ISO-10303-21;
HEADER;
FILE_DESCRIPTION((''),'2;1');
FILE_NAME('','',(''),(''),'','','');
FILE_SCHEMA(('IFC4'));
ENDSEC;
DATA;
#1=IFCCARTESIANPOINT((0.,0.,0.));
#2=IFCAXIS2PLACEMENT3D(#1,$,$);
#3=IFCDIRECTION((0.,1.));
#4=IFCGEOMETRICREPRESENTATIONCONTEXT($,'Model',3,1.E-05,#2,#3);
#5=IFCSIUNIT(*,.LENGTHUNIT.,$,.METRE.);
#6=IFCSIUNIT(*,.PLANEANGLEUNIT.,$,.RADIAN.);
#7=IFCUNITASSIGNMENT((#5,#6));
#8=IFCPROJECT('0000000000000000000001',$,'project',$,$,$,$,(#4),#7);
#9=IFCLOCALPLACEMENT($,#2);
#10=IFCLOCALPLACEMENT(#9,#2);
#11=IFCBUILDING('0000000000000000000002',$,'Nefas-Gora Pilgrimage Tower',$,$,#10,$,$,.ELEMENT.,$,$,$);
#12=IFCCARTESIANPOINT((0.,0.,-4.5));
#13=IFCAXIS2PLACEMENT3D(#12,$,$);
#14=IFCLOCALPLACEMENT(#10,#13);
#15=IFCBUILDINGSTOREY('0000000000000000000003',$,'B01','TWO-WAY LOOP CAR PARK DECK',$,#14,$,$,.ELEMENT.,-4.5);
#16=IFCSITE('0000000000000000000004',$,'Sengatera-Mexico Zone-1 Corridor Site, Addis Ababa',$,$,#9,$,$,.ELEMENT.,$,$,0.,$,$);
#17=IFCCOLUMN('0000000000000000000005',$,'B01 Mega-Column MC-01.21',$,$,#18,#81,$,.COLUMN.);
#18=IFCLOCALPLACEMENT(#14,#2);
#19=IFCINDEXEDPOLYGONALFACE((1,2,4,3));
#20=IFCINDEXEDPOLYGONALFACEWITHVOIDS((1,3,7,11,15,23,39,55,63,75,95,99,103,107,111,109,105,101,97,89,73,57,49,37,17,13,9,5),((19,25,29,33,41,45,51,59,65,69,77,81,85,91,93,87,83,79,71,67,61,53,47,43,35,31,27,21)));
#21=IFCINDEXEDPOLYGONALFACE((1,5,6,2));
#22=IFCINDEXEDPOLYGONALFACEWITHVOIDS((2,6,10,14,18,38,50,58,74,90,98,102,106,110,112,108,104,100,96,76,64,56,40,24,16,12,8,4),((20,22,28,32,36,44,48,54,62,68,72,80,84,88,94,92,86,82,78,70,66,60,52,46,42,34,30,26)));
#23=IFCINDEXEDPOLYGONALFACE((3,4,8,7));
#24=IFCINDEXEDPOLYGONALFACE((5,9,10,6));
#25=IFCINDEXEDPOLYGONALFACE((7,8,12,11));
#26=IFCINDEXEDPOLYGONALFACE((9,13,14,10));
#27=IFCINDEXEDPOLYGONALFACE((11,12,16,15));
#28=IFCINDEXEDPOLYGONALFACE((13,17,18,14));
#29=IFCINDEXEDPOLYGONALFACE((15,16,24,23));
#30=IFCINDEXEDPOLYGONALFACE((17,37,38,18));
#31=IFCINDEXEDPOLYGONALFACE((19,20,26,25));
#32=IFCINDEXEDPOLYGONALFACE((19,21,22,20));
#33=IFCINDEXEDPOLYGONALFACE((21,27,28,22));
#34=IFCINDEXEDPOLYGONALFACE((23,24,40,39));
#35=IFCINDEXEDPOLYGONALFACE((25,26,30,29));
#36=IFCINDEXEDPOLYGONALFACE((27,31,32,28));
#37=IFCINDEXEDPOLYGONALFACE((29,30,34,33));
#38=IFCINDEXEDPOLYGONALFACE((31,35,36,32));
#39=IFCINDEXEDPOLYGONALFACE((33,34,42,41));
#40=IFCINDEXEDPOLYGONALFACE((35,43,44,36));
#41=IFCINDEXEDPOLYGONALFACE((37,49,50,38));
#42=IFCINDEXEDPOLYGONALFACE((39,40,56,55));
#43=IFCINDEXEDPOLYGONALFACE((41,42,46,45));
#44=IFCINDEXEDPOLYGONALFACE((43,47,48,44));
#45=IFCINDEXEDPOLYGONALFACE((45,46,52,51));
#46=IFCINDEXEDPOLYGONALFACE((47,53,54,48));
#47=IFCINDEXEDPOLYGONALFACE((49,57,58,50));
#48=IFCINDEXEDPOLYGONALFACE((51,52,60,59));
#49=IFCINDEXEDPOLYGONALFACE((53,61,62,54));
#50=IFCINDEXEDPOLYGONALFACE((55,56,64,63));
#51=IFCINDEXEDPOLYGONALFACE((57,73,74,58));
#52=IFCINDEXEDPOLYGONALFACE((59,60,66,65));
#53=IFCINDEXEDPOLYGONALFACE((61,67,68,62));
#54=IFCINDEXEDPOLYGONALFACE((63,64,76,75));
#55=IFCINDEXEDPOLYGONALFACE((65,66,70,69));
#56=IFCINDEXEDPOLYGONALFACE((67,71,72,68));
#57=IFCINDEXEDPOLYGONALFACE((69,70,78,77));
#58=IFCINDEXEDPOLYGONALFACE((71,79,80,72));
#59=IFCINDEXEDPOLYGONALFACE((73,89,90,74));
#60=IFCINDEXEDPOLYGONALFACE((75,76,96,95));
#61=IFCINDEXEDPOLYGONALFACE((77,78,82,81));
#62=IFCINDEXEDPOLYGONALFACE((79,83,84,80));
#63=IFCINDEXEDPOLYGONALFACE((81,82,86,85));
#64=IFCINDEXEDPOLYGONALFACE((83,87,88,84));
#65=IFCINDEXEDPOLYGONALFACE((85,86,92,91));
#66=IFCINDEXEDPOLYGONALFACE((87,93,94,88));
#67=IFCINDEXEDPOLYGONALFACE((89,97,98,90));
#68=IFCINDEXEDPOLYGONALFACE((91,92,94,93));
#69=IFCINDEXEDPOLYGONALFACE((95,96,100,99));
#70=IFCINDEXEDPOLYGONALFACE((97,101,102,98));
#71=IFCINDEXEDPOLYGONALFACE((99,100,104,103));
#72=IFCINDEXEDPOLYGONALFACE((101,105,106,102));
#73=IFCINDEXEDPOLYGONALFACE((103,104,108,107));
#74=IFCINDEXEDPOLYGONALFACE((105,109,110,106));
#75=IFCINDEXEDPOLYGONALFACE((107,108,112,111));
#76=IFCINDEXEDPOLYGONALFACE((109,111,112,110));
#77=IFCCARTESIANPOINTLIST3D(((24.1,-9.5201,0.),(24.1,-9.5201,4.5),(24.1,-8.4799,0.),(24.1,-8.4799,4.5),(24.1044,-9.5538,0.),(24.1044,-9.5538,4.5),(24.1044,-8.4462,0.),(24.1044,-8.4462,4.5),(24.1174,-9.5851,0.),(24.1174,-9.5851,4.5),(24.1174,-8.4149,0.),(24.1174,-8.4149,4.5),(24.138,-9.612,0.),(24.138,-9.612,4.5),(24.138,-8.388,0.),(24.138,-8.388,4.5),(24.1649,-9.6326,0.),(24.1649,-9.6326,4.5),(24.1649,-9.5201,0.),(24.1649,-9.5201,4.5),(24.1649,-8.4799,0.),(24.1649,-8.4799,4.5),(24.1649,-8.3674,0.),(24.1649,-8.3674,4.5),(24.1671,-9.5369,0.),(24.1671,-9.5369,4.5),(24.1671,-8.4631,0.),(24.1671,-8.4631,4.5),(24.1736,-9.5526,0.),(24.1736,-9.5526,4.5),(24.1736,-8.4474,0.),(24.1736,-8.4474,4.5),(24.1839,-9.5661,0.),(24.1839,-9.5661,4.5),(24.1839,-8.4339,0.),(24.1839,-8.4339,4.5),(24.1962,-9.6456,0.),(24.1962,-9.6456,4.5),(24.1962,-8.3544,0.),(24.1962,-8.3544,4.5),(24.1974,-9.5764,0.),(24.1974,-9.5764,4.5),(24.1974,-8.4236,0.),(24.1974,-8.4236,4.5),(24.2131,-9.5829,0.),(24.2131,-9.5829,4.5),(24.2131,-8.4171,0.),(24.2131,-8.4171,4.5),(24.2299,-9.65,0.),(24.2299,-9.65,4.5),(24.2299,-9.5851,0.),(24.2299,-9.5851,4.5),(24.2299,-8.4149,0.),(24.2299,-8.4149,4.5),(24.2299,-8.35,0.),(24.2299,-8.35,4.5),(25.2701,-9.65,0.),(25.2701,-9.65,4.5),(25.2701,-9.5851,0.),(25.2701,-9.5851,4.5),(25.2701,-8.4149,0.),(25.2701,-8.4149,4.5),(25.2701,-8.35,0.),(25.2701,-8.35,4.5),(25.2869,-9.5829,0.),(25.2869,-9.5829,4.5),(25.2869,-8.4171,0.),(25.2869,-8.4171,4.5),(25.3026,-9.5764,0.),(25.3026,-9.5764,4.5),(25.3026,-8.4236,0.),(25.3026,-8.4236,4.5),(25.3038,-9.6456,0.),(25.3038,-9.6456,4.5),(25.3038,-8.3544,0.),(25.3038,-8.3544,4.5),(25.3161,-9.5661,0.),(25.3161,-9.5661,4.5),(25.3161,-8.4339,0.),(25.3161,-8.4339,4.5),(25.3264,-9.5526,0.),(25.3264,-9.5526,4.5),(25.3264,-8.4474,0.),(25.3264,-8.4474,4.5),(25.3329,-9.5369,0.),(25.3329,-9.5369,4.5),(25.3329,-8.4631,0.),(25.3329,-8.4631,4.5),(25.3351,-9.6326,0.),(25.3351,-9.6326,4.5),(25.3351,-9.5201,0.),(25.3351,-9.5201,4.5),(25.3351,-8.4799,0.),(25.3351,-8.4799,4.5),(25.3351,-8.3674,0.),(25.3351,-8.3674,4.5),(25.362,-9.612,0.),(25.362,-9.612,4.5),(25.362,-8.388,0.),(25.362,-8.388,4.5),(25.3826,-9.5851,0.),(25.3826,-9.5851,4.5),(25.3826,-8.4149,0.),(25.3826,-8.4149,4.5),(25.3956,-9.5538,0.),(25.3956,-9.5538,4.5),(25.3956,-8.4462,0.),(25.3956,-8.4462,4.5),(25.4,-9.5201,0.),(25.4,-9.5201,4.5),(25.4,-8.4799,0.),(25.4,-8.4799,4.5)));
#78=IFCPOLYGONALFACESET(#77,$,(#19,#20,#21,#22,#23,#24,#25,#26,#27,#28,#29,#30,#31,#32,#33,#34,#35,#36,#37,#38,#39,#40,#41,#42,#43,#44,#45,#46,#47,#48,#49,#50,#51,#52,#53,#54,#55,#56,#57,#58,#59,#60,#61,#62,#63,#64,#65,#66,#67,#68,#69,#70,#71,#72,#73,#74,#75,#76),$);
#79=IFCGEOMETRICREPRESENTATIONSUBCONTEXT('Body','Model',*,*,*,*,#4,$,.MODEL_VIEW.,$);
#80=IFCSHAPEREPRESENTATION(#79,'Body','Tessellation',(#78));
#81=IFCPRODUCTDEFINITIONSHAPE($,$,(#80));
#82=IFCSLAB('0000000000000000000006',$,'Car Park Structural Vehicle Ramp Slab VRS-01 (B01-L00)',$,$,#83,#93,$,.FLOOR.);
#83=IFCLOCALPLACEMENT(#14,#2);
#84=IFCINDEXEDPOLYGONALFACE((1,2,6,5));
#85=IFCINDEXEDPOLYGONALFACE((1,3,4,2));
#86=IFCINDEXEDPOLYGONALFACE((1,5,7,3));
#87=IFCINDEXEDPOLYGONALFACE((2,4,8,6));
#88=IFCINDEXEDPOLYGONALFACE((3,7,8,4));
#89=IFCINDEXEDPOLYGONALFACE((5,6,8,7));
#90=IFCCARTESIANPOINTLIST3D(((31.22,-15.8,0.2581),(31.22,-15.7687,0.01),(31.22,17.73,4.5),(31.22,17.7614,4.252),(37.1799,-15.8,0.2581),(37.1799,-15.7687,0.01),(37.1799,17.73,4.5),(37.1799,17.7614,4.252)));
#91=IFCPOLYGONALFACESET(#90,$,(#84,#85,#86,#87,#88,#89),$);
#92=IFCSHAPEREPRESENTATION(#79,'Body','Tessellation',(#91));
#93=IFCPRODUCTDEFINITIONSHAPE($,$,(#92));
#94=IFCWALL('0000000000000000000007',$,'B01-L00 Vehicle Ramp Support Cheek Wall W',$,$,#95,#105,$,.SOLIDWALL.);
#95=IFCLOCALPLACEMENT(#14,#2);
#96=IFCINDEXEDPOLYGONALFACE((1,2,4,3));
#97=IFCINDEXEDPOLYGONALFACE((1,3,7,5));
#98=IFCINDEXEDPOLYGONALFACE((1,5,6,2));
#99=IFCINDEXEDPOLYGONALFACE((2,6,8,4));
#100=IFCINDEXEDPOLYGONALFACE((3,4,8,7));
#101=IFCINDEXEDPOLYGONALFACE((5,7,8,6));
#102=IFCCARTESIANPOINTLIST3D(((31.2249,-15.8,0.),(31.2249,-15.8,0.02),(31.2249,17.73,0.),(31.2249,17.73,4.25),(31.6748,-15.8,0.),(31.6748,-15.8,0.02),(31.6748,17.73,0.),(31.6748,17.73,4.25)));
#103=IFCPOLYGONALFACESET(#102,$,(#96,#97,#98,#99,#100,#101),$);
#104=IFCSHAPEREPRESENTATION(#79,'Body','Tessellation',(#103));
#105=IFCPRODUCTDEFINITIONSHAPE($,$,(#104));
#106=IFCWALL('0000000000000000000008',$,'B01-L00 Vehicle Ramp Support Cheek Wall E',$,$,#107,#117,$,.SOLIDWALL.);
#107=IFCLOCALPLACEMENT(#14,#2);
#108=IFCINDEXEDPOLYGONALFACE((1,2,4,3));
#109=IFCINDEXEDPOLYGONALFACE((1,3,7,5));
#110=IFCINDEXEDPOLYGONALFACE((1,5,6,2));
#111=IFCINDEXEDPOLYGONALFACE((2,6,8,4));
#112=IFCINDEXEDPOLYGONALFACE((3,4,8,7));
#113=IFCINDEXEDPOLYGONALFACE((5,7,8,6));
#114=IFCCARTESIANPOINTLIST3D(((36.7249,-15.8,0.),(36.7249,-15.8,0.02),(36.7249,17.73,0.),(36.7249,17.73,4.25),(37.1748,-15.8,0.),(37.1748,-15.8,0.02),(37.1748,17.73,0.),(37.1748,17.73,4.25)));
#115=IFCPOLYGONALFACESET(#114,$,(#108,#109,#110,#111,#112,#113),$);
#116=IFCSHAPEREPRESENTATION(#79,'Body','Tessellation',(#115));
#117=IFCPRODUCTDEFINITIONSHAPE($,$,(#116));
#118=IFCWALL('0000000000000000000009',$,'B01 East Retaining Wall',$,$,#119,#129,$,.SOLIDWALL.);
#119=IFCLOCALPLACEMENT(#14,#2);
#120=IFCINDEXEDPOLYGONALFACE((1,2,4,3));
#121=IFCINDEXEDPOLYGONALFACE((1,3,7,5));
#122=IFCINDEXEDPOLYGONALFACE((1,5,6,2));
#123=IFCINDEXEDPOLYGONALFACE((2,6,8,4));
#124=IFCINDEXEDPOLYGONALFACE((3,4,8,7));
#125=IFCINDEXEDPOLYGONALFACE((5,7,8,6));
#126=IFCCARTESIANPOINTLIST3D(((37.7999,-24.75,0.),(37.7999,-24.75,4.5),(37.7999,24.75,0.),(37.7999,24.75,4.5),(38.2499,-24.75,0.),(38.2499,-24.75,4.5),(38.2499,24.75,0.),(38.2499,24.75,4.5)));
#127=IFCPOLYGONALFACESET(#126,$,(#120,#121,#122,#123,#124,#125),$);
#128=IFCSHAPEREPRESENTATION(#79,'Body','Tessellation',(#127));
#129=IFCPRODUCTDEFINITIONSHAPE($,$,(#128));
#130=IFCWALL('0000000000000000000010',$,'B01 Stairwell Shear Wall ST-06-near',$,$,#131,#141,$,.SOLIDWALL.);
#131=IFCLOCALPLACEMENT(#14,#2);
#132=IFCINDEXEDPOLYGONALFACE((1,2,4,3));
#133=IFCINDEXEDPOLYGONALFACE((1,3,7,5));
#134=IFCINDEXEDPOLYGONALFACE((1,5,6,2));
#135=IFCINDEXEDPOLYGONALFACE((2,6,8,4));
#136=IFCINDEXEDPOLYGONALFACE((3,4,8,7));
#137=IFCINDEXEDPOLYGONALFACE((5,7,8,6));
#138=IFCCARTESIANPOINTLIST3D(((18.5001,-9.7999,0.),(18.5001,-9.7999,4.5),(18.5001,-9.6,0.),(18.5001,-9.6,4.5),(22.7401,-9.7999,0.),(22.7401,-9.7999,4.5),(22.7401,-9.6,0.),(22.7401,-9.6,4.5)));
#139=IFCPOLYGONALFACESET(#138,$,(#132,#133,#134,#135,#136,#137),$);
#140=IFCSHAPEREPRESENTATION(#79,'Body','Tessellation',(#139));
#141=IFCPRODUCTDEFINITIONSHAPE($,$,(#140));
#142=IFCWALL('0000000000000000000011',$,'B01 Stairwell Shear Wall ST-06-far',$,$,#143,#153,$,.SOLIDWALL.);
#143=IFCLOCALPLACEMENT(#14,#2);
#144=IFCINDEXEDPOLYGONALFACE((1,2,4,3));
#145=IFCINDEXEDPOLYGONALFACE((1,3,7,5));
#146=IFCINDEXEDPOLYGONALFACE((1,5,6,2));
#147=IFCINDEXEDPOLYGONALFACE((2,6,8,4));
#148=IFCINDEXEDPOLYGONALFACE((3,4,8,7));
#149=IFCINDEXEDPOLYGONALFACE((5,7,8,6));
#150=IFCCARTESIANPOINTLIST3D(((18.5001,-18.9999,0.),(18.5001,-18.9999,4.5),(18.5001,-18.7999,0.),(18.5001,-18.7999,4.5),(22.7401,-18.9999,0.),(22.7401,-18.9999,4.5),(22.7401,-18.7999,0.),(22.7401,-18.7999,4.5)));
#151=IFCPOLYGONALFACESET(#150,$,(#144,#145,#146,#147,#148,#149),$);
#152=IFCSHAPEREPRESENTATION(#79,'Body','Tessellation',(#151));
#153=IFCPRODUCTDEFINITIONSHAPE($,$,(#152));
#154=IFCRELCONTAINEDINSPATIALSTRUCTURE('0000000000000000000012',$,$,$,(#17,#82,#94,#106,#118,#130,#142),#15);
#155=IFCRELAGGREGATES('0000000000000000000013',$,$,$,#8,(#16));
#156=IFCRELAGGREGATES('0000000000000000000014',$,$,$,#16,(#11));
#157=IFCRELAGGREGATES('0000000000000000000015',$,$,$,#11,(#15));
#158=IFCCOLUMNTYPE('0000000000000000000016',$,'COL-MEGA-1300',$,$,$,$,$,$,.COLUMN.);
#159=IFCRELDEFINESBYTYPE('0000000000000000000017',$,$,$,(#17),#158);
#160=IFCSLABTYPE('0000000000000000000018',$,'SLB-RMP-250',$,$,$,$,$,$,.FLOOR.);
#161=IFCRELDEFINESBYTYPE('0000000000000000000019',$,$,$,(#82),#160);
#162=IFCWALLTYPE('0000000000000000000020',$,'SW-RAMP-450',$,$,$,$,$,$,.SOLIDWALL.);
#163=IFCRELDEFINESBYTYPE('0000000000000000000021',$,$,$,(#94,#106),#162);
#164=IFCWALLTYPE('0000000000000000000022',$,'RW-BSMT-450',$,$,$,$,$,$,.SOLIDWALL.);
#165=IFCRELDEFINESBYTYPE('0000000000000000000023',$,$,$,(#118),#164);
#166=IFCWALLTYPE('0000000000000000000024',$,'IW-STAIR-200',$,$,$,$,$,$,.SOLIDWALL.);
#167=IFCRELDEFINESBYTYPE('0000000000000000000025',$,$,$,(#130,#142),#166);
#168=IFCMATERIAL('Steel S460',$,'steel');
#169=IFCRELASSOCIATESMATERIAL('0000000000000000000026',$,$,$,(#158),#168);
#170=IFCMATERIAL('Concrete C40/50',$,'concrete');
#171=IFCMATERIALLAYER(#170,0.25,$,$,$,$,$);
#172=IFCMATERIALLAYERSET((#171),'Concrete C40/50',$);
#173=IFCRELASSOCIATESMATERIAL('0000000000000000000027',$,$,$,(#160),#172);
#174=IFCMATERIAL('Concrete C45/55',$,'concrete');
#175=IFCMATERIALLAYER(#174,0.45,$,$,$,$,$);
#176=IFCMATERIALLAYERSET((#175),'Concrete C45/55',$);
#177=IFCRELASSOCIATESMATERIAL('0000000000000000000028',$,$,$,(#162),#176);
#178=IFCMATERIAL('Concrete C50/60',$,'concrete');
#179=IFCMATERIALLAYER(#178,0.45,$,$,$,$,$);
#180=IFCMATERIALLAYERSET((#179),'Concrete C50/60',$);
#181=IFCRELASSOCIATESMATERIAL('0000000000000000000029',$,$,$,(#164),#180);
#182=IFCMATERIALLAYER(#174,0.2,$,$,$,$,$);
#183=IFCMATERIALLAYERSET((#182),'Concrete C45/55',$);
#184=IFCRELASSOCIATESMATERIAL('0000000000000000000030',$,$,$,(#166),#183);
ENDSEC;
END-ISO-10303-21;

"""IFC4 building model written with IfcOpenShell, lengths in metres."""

from ifc_helpers import new_model, si_unit, direction, frame, frame_2d, origin, origin_2d, place, context, subcontext, project, spatial, polyline, rectangle, hollow_rectangle, outline, extrude, source, transform, mapped, material, layer, layer_set, material_profile, profile_set, type_object, element, save


model = new_model("IFC4")

# Units and contexts
model_context = context("Model", 3, precision=1e-05, world=origin(), true_north=direction((0.0, 1.0)))
body_context = subcontext(model_context, "Body", "Model", "MODEL_VIEW")
ifc_project = project(units=[si_unit("LENGTHUNIT", "METRE"), si_unit("PLANEANGLEUNIT", "RADIAN")], contexts=[model_context])

# Site, building, storey
site_placement = place(None, origin())
site = spatial("IfcSite", under=ifc_project, at=site_placement, Name="Sengatera-Mexico Zone-1 Corridor Site, Addis Ababa", CompositionType="ELEMENT", RefElevation=0.0)
building_placement = place(site_placement, origin())
building = spatial("IfcBuilding", under=site, at=building_placement, Name="Nefas-Gora Pilgrimage Tower", CompositionType="ELEMENT")
storey_placement = place(building_placement, frame((0.0, 0.0, -4.5)))
storey = spatial("IfcBuildingStorey", under=building, at=storey_placement, Name="B01", Description="TWO-WAY LOOP CAR PARK DECK", CompositionType="ELEMENT", Elevation=-4.5)

# Column
ifc_material_1 = material(Name="Steel S460", Category="steel")
ifc_material_profile_1 = material_profile(ifc_material_1, hollow_rectangle(XDim=1.3, YDim=1.3, WallThickness=0.0649, InnerFilletRadius=0.0649, OuterFilletRadius=0.1299, at=origin_2d()), Name="BOX 1300x1300x65")
ifc_profile_set_1 = profile_set([ifc_material_profile_1], Name="Steel S460")
column_type_1 = type_object("IfcColumnType", Name="COL-MEGA-1300", PredefinedType="COLUMN", material=ifc_profile_set_1)
shared_shape_1 = source(origin(), body_context, "Body", "SweptSolid", [
    extrude(hollow_rectangle(XDim=1.3, YDim=1.3, WallThickness=0.0649, InnerFilletRadius=0.0649, OuterFilletRadius=0.1299, at=origin_2d()), origin(), (0.0, 0.0, 1.0), 4.5),
])
column_placement = place(storey_placement, frame((24.75, -9.0, 0.0), z_axis=(0.0, 0.0, 1.0), x_axis=(1.0, 0.0, 0.0)))
element("IfcColumn", 1, at=column_placement, inside=storey, type_object=column_type_1, Name="B01 Mega-Column MC-01.21", PredefinedType="COLUMN", context=body_context, shape_type="MappedRepresentation", body=[
    mapped(shared_shape_1, transform((0.0, 0.0, 0.0), x_axis=(1.0, 0.0, 0.0), y_axis=(0.0, 1.0, 0.0), z_axis=(0.0, 0.0, 1.0), scale=1.0)),
])

# Slab
ifc_material_2 = material(Name="Concrete C40/50", Category="concrete")
ifc_layer_1 = layer(ifc_material_2, 0.25)
ifc_layer_set_1 = layer_set([ifc_layer_1], Name="Concrete C40/50")
slab_type = type_object("IfcSlabType", Name="SLB-RMP-250", PredefinedType="FLOOR", material=ifc_layer_set_1)
slab_placement = place(storey_placement, frame((31.22, -15.8, 0.2581), z_axis=(0.0, -0.125511, 0.992092), x_axis=(1.0, 0.0, 0.0)))
element("IfcSlab", 2, at=slab_placement, inside=storey, type_object=slab_type, Name="Car Park Structural Vehicle Ramp Slab VRS-01 (B01-L00)", PredefinedType="FLOOR", context=body_context, shape_type="SweptSolid", body=[
    extrude(outline(polyline([(0.0, 0.0), (5.96, 0.0), (5.96, 33.7973), (0.0, 33.7973), (0.0, 0.0)])), origin(), (0.0, 0.0, -1.0), 0.25),
])

# Walls
ifc_material_3 = material(Name="Concrete C45/55", Category="concrete")
ifc_layer_2 = layer(ifc_material_3, 0.45)
ifc_layer_set_2 = layer_set([ifc_layer_2], Name="Concrete C45/55")
wall_type_1 = type_object("IfcWallType", Name="SW-RAMP-450", PredefinedType="SOLIDWALL", material=ifc_layer_set_2)
for number, where, z_axis, x_axis, name in (
    (3, (31.45, -15.8, 0.0), (0.0, 0.0, 1.0), (0.0, 1.0, 0.0), "B01-L00 Vehicle Ramp Support Cheek Wall W"),
    (4, (36.95, -15.8, 0.0), (0.0, 0.0, 1.0), (0.0, 1.0, 0.0), "B01-L00 Vehicle Ramp Support Cheek Wall E"),
):
    element("IfcWall", number, at=place(storey_placement, frame(where, z_axis=z_axis, x_axis=x_axis)), inside=storey, type_object=wall_type_1, Name=name, PredefinedType="SOLIDWALL", context=body_context, shape_type="SweptSolid", body=[
        extrude(outline(polyline([(0.0, 0.0), (33.53, 0.0), (33.53, 4.25), (0.0, 0.02), (0.0, 0.0)])), frame((0.0, 0.2251, 0.0), z_axis=(0.0, -1.0, 0.0), x_axis=(1.0, 0.0, 0.0)), (0.0, 0.0, 1.0), 0.45),
    ])
ifc_material_4 = material(Name="Concrete C50/60", Category="concrete")
ifc_layer_3 = layer(ifc_material_4, 0.45)
ifc_layer_set_3 = layer_set([ifc_layer_3], Name="Concrete C50/60")
wall_type_2 = type_object("IfcWallType", Name="RW-BSMT-450", PredefinedType="SOLIDWALL", material=ifc_layer_set_3)
shared_shape_2 = source(origin(), body_context, "Body", "SweptSolid", [
    extrude(rectangle(XDim=49.5, YDim=0.45, at=frame_2d((24.75, 0.0))), origin(), (0.0, 0.0, 1.0), 4.5),
])
wall_1_placement = place(storey_placement, frame((38.0249, -24.75, 0.0), z_axis=(0.0, 0.0, 1.0), x_axis=(0.0, 1.0, 0.0)))
element("IfcWall", 5, at=wall_1_placement, inside=storey, type_object=wall_type_2, Name="B01 East Retaining Wall", PredefinedType="SOLIDWALL", context=body_context, shape_type="MappedRepresentation", body=[
    mapped(shared_shape_2, transform((0.0, 0.0, 0.0), x_axis=(1.0, 0.0, 0.0), y_axis=(0.0, 1.0, 0.0), z_axis=(0.0, 0.0, 1.0), scale=1.0)),
])
ifc_layer_4 = layer(ifc_material_3, 0.2)
ifc_layer_set_4 = layer_set([ifc_layer_4], Name="Concrete C45/55")
wall_type_3 = type_object("IfcWallType", Name="IW-STAIR-200", PredefinedType="SOLIDWALL", material=ifc_layer_set_4)
shared_shape_3 = source(origin(), body_context, "Body", "SweptSolid", [
    extrude(rectangle(XDim=4.24, YDim=0.2, at=frame_2d((2.1201, 0.0))), origin(), (0.0, 0.0, 1.0), 4.5),
])
for number, where, z_axis, x_axis, name in (
    (6, (18.5, -9.7, 0.0), (0.0, 0.0, 1.0), (1.0, 0.0, 0.0), "B01 Stairwell Shear Wall ST-06-near"),
    (7, (18.5, -18.8999, 0.0), (0.0, 0.0, 1.0), (1.0, 0.0, 0.0), "B01 Stairwell Shear Wall ST-06-far"),
):
    element("IfcWall", number, at=place(storey_placement, frame(where, z_axis=z_axis, x_axis=x_axis)), inside=storey, type_object=wall_type_3, Name=name, PredefinedType="SOLIDWALL", context=body_context, shape_type="MappedRepresentation", body=[
        mapped(shared_shape_3, transform((0.0, 0.0, 0.0), x_axis=(1.0, 0.0, 0.0), y_axis=(0.0, 1.0, 0.0), z_axis=(0.0, 0.0, 1.0), scale=1.0)),
    ])

save(model, "model.ifc")
